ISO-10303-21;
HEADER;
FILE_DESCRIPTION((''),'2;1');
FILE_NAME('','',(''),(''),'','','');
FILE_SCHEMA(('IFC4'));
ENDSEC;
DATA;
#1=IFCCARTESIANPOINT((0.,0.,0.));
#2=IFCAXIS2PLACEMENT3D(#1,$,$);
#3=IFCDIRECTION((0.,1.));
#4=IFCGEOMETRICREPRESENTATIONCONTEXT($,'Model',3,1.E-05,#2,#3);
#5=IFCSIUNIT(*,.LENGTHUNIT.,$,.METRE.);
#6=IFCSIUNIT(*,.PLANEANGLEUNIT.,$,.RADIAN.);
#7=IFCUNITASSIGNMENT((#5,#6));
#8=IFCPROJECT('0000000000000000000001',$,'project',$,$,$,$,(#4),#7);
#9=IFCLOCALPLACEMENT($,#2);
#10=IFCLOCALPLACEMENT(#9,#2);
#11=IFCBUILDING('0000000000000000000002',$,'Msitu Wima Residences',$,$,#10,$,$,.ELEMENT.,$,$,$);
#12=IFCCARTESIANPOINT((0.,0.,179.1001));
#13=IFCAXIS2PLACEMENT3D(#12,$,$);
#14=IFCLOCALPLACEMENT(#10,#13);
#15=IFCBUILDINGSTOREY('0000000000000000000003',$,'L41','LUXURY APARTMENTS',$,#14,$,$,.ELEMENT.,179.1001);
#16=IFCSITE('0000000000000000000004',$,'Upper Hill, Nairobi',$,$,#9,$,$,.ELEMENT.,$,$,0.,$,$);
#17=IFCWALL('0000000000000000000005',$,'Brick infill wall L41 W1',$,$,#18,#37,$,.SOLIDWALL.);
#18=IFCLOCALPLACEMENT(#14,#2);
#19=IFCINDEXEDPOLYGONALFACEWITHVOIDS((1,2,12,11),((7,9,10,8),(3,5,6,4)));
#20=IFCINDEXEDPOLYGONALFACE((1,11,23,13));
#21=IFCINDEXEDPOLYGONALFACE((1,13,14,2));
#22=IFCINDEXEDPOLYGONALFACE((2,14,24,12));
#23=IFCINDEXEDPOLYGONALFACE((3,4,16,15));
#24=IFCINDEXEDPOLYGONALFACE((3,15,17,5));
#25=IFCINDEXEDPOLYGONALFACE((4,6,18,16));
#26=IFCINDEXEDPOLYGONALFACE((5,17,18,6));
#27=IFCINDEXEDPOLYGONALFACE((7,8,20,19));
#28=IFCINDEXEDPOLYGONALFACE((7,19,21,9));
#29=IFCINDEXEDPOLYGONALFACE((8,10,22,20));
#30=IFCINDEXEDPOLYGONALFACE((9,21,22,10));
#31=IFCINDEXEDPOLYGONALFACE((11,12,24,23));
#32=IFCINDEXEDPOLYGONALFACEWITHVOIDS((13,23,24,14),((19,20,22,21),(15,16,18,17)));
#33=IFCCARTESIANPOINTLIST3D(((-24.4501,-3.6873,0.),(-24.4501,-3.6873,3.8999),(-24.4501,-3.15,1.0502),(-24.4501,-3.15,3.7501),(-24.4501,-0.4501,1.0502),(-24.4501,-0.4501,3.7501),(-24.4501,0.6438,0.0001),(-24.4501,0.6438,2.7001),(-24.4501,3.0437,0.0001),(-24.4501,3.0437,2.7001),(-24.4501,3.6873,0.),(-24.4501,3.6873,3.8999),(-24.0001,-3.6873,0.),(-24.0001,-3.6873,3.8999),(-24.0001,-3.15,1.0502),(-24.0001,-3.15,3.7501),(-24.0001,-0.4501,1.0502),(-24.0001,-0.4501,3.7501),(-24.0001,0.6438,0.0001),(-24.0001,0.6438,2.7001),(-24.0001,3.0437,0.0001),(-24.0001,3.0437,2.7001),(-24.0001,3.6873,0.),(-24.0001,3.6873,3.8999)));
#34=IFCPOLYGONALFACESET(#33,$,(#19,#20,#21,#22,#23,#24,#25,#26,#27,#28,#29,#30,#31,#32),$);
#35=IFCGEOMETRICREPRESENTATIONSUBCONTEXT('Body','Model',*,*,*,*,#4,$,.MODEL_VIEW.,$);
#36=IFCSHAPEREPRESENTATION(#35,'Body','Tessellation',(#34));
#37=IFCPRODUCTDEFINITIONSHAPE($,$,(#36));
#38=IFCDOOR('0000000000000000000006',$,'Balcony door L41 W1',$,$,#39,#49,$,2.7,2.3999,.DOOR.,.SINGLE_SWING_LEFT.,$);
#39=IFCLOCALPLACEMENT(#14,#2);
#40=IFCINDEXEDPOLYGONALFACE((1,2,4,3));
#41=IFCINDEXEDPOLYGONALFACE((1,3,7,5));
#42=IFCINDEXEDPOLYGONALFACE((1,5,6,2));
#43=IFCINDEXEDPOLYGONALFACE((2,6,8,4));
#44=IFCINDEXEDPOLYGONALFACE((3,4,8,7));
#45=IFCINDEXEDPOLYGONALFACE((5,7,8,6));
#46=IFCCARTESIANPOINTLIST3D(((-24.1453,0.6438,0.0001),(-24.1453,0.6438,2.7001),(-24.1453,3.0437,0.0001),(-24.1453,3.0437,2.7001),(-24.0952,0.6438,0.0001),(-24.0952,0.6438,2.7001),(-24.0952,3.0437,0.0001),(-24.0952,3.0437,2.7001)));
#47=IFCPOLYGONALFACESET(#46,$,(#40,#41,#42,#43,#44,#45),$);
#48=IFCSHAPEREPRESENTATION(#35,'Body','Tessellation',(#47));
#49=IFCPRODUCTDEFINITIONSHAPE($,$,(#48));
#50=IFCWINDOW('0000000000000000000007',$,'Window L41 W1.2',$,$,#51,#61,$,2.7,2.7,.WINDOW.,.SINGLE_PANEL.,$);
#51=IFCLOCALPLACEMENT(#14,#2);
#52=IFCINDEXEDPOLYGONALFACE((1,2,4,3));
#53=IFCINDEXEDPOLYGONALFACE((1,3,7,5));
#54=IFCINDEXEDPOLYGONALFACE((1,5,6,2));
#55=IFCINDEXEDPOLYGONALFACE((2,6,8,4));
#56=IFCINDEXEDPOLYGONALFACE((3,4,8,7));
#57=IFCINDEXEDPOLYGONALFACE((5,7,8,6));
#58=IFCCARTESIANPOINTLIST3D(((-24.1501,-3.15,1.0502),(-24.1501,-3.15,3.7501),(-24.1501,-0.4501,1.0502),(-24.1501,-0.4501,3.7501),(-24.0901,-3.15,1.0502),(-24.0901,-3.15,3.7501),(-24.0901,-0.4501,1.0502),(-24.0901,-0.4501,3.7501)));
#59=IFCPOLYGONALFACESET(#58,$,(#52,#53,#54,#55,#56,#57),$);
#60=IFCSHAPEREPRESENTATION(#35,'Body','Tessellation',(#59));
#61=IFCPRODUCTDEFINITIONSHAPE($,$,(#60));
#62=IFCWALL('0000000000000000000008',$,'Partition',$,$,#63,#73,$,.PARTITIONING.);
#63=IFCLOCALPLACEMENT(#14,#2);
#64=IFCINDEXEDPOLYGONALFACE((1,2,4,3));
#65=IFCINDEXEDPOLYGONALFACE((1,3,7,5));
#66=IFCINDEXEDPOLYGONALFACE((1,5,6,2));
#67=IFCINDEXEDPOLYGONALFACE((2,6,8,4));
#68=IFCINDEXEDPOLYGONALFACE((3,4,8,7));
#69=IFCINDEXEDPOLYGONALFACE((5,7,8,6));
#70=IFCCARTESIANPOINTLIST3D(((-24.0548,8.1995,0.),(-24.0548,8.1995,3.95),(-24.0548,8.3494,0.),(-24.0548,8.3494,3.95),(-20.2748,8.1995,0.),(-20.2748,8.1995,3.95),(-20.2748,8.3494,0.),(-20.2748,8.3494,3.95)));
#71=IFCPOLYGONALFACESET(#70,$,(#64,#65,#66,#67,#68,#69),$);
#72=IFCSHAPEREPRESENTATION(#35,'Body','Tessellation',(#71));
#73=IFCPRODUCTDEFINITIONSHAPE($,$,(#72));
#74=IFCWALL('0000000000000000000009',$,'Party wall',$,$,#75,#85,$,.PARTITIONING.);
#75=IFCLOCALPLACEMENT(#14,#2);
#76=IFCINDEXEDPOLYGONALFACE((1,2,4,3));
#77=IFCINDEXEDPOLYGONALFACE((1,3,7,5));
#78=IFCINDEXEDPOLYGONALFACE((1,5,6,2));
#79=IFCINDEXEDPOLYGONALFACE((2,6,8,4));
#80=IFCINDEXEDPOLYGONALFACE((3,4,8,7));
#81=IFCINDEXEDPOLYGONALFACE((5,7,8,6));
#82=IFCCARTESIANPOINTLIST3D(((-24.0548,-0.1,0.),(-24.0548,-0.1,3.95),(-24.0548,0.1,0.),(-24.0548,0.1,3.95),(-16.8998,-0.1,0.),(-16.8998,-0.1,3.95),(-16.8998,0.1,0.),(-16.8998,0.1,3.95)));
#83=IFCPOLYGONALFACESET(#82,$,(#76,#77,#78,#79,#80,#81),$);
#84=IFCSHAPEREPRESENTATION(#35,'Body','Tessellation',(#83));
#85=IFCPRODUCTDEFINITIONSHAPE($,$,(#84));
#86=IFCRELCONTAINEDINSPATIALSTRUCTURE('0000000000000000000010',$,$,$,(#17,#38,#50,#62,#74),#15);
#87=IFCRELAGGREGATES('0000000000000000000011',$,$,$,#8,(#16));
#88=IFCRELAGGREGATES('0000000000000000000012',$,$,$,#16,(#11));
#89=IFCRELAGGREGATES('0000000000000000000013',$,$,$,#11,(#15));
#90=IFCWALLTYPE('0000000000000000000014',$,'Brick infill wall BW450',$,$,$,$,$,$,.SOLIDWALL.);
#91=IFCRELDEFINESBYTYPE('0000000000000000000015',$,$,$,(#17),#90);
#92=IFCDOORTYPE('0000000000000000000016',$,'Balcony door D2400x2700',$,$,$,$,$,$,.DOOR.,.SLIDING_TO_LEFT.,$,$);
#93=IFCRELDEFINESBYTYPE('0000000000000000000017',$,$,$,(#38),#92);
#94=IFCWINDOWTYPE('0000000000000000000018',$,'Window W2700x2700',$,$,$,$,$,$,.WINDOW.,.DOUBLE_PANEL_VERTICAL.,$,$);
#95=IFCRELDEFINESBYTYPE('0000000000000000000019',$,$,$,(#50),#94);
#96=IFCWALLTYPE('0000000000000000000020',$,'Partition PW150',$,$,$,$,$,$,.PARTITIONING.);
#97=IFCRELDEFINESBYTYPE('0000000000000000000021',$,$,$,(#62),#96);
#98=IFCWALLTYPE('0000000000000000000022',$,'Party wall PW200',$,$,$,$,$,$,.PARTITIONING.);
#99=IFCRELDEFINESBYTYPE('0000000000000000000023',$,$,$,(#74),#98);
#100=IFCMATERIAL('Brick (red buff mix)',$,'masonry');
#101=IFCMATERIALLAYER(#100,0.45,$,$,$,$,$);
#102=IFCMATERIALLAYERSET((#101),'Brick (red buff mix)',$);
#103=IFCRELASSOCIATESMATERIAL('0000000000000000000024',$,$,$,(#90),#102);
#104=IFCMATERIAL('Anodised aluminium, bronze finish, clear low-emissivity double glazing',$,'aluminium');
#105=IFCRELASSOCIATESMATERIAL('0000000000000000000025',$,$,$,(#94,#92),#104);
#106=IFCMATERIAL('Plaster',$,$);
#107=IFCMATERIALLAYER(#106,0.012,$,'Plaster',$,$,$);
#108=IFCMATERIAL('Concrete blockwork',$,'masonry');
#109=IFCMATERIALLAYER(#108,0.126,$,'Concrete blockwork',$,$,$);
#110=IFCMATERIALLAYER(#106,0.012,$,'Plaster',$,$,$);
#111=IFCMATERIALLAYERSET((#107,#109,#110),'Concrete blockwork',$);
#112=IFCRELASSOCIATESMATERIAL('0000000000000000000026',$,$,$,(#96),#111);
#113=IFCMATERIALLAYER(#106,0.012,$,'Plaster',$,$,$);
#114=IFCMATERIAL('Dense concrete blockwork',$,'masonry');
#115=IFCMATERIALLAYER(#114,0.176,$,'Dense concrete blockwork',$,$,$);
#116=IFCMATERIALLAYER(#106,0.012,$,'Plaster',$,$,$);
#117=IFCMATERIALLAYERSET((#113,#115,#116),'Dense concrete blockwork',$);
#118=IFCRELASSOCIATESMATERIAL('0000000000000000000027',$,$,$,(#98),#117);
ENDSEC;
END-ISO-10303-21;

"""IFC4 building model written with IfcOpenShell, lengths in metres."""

from ifc_helpers import new_model, si_unit, direction, frame, frame_2d, origin, place, context, subcontext, project, spatial, rectangle, extrude, material, layer, layer_set, type_object, element, fill, save


model = new_model("IFC4")

# Units and contexts
model_context = context("Model", 3, precision=1e-05, world=origin(), true_north=direction((0.0, 1.0)))
body_context = subcontext(model_context, "Body", "Model", "MODEL_VIEW")
ifc_project = project(units=[si_unit("LENGTHUNIT", "METRE"), si_unit("PLANEANGLEUNIT", "RADIAN")], contexts=[model_context])

# Site, building, storey
site_placement = place(None, origin())
site = spatial("IfcSite", under=ifc_project, at=site_placement, Name="Upper Hill, Nairobi", CompositionType="ELEMENT", RefElevation=0.0)
building_placement = place(site_placement, origin())
building = spatial("IfcBuilding", under=site, at=building_placement, Name="Msitu Wima Residences", CompositionType="ELEMENT")
storey_placement = place(building_placement, frame((0.0, 0.0, 179.1001)))
storey = spatial("IfcBuildingStorey", under=building, at=storey_placement, Name="L41", Description="LUXURY APARTMENTS", CompositionType="ELEMENT", Elevation=179.1001)

# Shared definitions
ifc_material_1 = material(Name="Brick (red buff mix)", Category="masonry")
ifc_layer_1 = layer(ifc_material_1, 0.45)
ifc_layer_set_1 = layer_set([ifc_layer_1], Name="Brick (red buff mix)")
wall_type_1 = type_object("IfcWallType", Name="Brick infill wall BW450", PredefinedType="SOLIDWALL", material=ifc_layer_set_1)
ifc_material_2 = material(Name="Anodised aluminium, bronze finish, clear low-emissivity double glazing", Category="aluminium")
window_type = type_object("IfcWindowType", Name="Window W2700x2700", PartitioningType="DOUBLE_PANEL_VERTICAL", PredefinedType="WINDOW", material=ifc_material_2)

# Wall, openings, door, window
wall_1_placement = place(storey_placement, frame((-24.2251, 3.6873, 0.0), z_axis=(0.0, 0.0, 1.0), x_axis=(0.0, -1.0, 0.0)))
wall_1 = element("IfcWall", 1, at=wall_1_placement, inside=storey, type_object=wall_type_1, Name="Brick infill wall L41 W1", PredefinedType="SOLIDWALL", context=body_context, shape_type="SweptSolid", body=[
    extrude(rectangle(XDim=7.3745, YDim=0.45, at=frame_2d((3.6873, 0.0))), origin(), (0.0, 0.0, 1.0), 3.8999),
])
opening_1_placement = place(wall_1_placement, frame((0.6436, 0.0, 0.0)))
opening_1 = element("IfcOpeningElement", 2, at=opening_1_placement, cuts=wall_1, PredefinedType="OPENING", context=body_context, shape_type="SweptSolid", body=[
    extrude(rectangle(XDim=2.3999, YDim=2.7, at=frame_2d((1.2, 1.3501))), frame((0.0, 0.2349, 0.0), z_axis=(0.0, -1.0, 0.0), x_axis=(1.0, 0.0, 0.0)), (0.0, 0.0, 1.0), 0.47),
])
opening_2_placement = place(wall_1_placement, frame((4.1372, 0.0, 1.05)))
opening_2 = element("IfcOpeningElement", 3, at=opening_2_placement, cuts=wall_1, PredefinedType="OPENING", context=body_context, shape_type="SweptSolid", body=[
    extrude(rectangle(XDim=2.7, YDim=2.7, at=frame_2d((1.3501, 1.3501))), frame((0.0, 0.2349, 0.0), z_axis=(0.0, -1.0, 0.0), x_axis=(1.0, 0.0, 0.0)), (0.0, 0.0, 1.0), 0.47),
])
door_type = type_object("IfcDoorType", Name="Balcony door D2400x2700", OperationType="SLIDING_TO_LEFT", PredefinedType="DOOR", material=ifc_material_2)
door_placement = place(opening_1_placement, origin())
door = element("IfcDoor", 4, at=door_placement, inside=storey, type_object=door_type, Name="Balcony door L41 W1", OperationType="SINGLE_SWING_LEFT", OverallHeight=2.7, OverallWidth=2.3999, PredefinedType="DOOR", context=body_context, shape_type="SweptSolid", body=[
    extrude(rectangle(XDim=2.3999, YDim=2.7, at=frame_2d((1.2, 1.3501))), frame((0.0, 0.1299, 0.0), z_axis=(0.0, -1.0, 0.0), x_axis=(1.0, 0.0, 0.0)), (0.0, 0.0, 1.0), 0.05),
])
fill(opening_1, door)
window_1_placement = place(opening_2_placement, origin())
window_1 = element("IfcWindow", 5, at=window_1_placement, inside=storey, type_object=window_type, Name="Window L41 W1.2", OverallHeight=2.7, OverallWidth=2.7, PartitioningType="SINGLE_PANEL", PredefinedType="WINDOW", context=body_context, shape_type="SweptSolid", body=[
    extrude(rectangle(XDim=2.7, YDim=2.7, at=frame_2d((1.3501, 1.3501))), frame((0.0, 0.135, 0.0), z_axis=(0.0, -1.0, 0.0), x_axis=(1.0, 0.0, 0.0)), (0.0, 0.0, 1.0), 0.0601),
])
fill(opening_2, window_1)

# Walls
ifc_material_3 = material(Name="Plaster")
ifc_layer_2 = layer(ifc_material_3, 0.012, Name="Plaster")
ifc_material_4 = material(Name="Concrete blockwork", Category="masonry")
ifc_layer_3 = layer(ifc_material_4, 0.126, Name="Concrete blockwork")
ifc_layer_4 = layer(ifc_material_3, 0.012, Name="Plaster")
ifc_layer_set_2 = layer_set([ifc_layer_2, ifc_layer_3, ifc_layer_4], Name="Concrete blockwork")
wall_type_2 = type_object("IfcWallType", Name="Partition PW150", PredefinedType="PARTITIONING", material=ifc_layer_set_2)
wall_2_placement = place(storey_placement, frame((-24.0549, 8.2744, 0.0), z_axis=(0.0, 0.0, 1.0), x_axis=(1.0, 0.0, 0.0)))
element("IfcWall", 6, at=wall_2_placement, inside=storey, type_object=wall_type_2, Name="Partition", PredefinedType="PARTITIONING", context=body_context, shape_type="SweptSolid", body=[
    extrude(rectangle(XDim=3.78, YDim=0.1499, at=frame_2d((1.8901, 0.0))), origin(), (0.0, 0.0, 1.0), 3.95),
])
ifc_layer_5 = layer(ifc_material_3, 0.012, Name="Plaster")
ifc_material_5 = material(Name="Dense concrete blockwork", Category="masonry")
ifc_layer_6 = layer(ifc_material_5, 0.176, Name="Dense concrete blockwork")
ifc_layer_7 = layer(ifc_material_3, 0.012, Name="Plaster")
ifc_layer_set_3 = layer_set([ifc_layer_5, ifc_layer_6, ifc_layer_7], Name="Dense concrete blockwork")
wall_type_3 = type_object("IfcWallType", Name="Party wall PW200", PredefinedType="PARTITIONING", material=ifc_layer_set_3)
wall_3_placement = place(storey_placement, frame((-24.0549, 0.0, 0.0), z_axis=(0.0, 0.0, 1.0), x_axis=(1.0, 0.0, 0.0)))
element("IfcWall", 7, at=wall_3_placement, inside=storey, type_object=wall_type_3, Name="Party wall", PredefinedType="PARTITIONING", context=body_context, shape_type="SweptSolid", body=[
    extrude(rectangle(XDim=7.155, YDim=0.2, at=frame_2d((3.5776, 0.0))), origin(), (0.0, 0.0, 1.0), 3.95),
])

save(model, "model.ifc")
